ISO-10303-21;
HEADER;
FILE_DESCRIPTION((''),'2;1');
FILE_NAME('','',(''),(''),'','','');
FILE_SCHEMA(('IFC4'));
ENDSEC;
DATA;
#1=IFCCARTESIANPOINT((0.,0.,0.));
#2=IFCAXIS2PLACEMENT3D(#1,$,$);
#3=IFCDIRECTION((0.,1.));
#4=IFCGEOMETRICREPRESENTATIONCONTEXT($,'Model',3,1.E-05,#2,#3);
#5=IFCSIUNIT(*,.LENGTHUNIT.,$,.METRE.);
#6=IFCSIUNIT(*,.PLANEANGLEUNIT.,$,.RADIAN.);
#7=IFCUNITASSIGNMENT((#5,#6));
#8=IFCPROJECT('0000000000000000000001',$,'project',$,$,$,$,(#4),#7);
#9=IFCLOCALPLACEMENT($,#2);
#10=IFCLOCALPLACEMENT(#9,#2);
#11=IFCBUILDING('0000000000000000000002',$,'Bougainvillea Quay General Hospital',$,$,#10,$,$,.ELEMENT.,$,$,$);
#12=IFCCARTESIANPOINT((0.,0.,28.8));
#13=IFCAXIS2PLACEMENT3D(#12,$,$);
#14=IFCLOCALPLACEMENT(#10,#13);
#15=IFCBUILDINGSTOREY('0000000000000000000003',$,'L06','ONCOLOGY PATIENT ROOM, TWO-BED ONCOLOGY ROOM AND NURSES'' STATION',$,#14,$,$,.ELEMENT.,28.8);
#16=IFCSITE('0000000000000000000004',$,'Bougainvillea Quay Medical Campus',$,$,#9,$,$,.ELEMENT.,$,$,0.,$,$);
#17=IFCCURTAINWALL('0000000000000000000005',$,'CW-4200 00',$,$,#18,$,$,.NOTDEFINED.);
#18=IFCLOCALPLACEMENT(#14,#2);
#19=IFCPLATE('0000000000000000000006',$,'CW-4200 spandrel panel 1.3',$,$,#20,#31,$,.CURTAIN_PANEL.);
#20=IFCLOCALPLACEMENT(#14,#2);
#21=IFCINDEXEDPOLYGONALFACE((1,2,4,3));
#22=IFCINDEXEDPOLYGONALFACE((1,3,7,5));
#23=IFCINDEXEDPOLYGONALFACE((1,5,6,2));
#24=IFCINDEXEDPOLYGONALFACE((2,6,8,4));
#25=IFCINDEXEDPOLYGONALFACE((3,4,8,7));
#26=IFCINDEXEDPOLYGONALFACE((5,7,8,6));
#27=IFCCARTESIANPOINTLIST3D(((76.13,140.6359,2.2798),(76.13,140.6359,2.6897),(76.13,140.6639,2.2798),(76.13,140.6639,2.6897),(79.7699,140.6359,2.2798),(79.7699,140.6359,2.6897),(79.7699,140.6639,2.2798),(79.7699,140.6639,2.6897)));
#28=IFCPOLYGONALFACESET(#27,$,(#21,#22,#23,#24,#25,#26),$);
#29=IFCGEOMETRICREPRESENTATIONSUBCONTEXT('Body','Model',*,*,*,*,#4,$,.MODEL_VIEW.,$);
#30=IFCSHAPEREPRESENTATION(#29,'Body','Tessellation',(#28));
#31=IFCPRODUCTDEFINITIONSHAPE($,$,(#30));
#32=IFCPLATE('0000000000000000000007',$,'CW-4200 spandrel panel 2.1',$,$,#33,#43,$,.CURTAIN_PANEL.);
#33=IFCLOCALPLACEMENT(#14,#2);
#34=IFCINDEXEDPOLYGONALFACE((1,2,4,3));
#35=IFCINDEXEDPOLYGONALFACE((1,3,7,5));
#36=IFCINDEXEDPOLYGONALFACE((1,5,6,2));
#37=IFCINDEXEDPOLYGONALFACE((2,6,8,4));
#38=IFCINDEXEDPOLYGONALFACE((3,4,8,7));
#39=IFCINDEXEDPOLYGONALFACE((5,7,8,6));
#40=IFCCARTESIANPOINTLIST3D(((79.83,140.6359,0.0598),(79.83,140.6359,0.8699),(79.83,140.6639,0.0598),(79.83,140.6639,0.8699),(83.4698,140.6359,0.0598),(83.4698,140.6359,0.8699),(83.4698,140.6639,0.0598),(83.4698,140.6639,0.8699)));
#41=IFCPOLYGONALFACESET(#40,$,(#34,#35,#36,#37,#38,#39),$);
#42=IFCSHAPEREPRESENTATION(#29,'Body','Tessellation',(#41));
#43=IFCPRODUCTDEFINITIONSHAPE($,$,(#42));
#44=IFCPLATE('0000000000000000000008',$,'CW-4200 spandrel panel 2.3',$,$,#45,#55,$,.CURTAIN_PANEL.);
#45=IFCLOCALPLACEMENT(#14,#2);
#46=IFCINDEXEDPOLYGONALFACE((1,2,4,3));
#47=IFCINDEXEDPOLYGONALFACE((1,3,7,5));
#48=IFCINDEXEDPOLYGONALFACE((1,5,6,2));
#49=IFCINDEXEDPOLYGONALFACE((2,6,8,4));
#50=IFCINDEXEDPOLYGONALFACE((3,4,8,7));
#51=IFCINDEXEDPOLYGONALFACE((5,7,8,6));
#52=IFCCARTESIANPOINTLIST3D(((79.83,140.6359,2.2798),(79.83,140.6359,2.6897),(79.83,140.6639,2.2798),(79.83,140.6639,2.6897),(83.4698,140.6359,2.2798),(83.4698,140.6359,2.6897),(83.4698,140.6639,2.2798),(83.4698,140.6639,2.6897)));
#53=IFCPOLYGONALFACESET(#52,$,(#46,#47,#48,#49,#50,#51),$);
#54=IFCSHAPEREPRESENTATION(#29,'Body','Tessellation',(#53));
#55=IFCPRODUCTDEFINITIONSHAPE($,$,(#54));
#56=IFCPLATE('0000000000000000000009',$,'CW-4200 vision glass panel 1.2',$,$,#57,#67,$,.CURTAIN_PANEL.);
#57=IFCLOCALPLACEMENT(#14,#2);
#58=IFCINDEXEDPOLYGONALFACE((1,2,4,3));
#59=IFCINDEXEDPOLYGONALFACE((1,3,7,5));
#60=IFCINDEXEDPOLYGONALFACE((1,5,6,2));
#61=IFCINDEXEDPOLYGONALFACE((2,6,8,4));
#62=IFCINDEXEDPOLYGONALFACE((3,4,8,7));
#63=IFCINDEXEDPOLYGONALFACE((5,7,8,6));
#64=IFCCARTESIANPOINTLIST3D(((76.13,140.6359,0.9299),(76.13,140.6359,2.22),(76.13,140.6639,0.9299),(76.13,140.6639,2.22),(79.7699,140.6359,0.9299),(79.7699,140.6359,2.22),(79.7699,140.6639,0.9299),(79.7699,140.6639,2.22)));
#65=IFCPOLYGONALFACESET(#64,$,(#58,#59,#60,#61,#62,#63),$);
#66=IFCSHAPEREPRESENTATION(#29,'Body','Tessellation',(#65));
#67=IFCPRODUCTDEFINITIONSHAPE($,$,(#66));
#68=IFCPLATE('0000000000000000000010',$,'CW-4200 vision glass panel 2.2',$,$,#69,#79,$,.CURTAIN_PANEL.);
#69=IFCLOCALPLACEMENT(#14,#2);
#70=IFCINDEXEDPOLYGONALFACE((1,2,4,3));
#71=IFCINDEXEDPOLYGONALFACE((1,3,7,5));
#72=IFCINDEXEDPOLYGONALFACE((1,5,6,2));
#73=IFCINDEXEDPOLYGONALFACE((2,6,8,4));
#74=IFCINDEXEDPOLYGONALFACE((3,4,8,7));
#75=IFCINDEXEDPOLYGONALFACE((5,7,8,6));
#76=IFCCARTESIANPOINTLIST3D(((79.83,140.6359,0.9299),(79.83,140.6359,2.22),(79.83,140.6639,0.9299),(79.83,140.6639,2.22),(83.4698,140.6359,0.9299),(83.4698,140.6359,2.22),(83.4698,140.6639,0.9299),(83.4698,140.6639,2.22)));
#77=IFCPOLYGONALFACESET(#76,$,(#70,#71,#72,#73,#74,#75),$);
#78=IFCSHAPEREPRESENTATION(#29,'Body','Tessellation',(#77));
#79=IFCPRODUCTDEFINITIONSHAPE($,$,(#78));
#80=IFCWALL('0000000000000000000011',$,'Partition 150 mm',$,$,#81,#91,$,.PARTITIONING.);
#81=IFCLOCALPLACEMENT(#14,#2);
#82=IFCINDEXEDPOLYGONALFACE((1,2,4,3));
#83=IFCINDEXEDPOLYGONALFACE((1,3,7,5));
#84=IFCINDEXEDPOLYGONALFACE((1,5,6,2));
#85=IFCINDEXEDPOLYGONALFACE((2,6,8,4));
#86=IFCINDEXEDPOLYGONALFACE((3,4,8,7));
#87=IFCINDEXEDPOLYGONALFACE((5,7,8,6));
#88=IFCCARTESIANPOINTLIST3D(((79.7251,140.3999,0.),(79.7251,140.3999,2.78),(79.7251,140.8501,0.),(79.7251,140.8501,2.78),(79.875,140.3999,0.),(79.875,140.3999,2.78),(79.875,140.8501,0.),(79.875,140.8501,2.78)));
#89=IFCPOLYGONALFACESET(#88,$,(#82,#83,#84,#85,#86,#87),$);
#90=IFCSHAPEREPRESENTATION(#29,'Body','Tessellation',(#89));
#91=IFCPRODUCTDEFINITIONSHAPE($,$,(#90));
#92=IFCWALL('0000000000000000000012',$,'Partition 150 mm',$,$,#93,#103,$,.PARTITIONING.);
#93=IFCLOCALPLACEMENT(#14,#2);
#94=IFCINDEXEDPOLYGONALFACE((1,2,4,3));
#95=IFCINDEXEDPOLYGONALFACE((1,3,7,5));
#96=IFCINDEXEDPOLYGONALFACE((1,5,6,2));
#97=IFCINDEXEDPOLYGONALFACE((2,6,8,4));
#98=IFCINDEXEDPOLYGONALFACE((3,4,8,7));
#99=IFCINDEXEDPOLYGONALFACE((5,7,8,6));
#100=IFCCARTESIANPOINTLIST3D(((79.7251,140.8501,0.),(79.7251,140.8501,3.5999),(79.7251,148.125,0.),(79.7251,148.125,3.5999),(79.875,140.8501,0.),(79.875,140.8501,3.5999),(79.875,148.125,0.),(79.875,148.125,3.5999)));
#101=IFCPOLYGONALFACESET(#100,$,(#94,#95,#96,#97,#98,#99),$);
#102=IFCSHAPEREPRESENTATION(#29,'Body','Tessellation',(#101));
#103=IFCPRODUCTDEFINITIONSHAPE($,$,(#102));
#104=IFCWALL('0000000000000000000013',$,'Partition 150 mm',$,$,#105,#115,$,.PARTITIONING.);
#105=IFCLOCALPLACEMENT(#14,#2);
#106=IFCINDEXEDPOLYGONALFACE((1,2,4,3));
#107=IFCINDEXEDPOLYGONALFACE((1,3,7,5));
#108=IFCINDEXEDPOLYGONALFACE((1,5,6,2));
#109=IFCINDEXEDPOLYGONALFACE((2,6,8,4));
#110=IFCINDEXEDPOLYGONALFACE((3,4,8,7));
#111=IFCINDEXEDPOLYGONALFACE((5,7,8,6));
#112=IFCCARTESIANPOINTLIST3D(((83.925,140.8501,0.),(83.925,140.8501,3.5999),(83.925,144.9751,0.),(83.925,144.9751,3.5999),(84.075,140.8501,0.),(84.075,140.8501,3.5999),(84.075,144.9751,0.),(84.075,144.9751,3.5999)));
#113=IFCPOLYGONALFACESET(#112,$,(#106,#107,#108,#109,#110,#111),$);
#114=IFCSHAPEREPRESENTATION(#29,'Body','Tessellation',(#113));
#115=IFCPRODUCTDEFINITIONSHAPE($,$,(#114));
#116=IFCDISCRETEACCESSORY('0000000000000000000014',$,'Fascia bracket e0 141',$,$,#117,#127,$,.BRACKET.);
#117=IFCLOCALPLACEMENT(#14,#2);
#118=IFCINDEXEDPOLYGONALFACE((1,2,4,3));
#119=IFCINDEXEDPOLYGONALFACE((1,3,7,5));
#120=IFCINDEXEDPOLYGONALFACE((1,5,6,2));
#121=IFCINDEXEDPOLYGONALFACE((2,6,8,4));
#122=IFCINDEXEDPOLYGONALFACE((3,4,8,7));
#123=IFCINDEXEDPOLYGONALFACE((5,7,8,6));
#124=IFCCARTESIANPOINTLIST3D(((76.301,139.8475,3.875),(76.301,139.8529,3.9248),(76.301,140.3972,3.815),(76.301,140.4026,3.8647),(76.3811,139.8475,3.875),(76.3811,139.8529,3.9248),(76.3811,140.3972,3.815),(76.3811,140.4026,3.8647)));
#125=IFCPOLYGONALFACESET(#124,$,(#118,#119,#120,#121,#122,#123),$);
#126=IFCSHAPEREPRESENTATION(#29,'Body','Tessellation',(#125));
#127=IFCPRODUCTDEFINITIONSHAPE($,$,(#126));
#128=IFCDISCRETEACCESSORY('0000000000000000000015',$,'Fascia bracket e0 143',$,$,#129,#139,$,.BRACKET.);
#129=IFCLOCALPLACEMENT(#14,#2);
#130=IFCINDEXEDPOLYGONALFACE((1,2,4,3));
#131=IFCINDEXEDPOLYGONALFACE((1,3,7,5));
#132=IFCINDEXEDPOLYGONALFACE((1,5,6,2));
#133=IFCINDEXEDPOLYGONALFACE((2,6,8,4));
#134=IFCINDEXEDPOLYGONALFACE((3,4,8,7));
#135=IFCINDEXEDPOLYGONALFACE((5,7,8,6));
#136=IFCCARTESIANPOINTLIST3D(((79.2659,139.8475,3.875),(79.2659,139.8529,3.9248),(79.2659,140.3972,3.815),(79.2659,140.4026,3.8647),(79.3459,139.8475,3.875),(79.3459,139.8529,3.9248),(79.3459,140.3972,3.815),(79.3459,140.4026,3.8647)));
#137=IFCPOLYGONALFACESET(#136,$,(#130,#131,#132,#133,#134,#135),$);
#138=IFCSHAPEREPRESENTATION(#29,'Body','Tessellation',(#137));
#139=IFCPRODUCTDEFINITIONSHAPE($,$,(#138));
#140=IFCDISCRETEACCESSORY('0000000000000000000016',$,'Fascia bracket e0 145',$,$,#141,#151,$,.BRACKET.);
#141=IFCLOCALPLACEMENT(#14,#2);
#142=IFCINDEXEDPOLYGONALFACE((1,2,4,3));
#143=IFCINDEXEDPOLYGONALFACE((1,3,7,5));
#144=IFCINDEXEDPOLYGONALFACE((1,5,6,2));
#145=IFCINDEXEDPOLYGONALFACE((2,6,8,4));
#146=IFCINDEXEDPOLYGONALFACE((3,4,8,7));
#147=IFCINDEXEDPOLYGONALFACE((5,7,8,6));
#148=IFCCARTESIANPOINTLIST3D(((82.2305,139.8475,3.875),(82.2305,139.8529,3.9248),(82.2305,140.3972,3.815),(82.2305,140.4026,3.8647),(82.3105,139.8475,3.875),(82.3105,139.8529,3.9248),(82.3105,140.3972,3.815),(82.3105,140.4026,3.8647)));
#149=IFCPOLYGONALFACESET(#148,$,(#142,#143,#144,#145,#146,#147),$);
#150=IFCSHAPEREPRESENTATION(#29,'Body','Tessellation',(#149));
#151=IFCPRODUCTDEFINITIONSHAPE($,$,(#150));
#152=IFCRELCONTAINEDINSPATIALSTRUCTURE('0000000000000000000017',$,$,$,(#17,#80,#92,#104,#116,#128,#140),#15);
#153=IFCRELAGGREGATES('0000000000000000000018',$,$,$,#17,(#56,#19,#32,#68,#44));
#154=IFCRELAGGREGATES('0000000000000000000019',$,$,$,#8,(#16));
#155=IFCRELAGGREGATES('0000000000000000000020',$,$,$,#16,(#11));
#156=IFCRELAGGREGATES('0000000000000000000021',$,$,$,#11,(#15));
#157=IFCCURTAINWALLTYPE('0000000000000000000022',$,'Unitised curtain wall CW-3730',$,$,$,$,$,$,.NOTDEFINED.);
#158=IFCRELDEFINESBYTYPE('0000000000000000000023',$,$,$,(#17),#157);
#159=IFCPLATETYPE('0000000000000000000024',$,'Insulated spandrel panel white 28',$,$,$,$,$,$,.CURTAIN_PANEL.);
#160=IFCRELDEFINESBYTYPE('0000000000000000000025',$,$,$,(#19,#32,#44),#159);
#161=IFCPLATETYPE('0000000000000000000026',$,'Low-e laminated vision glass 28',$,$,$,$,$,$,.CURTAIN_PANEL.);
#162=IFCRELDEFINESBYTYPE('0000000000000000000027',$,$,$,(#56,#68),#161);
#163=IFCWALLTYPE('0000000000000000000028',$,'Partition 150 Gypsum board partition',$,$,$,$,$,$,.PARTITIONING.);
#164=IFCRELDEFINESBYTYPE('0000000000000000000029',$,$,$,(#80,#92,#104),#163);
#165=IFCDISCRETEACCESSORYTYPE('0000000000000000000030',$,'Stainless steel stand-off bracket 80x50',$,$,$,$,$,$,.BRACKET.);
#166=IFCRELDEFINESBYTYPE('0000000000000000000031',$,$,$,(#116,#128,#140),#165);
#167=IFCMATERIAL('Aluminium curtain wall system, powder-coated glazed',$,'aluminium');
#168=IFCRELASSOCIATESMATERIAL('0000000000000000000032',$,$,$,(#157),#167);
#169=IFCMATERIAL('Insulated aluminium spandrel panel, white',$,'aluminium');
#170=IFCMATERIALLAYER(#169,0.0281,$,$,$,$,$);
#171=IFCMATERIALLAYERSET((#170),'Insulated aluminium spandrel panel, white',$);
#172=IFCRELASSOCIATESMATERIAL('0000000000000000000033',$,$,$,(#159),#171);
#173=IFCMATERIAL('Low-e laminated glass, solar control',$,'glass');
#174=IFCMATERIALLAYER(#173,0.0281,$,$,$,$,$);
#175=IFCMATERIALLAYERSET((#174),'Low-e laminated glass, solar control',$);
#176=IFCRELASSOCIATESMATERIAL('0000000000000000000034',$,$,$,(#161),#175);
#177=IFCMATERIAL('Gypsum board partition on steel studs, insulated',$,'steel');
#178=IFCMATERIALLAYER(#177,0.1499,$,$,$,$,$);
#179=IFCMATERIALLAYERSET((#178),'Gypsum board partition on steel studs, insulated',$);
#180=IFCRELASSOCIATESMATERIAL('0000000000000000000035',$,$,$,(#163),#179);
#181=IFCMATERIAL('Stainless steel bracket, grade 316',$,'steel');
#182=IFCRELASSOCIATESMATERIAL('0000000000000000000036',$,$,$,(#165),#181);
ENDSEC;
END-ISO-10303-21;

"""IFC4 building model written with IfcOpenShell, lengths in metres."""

from ifc_helpers import new_model, si_unit, direction, frame, frame_2d, origin, origin_2d, place, context, subcontext, project, spatial, rectangle, extrude, material, layer, layer_set, material_profile, profile_set, type_object, element, aggregate, save


model = new_model("IFC4")

# Units and contexts
model_context = context("Model", 3, precision=1e-05, world=origin(), true_north=direction((0.0, 1.0)))
body_context = subcontext(model_context, "Body", "Model", "MODEL_VIEW")
ifc_project = project(units=[si_unit("LENGTHUNIT", "METRE"), si_unit("PLANEANGLEUNIT", "RADIAN")], contexts=[model_context])

# Site, building, storey
site_placement = place(None, origin())
site = spatial("IfcSite", under=ifc_project, at=site_placement, Name="Bougainvillea Quay Medical Campus", CompositionType="ELEMENT", RefElevation=0.0)
building_placement = place(site_placement, origin())
building = spatial("IfcBuilding", under=site, at=building_placement, Name="Bougainvillea Quay General Hospital", CompositionType="ELEMENT")
storey_placement = place(building_placement, frame((0.0, 0.0, 28.8)))
storey = spatial("IfcBuildingStorey", under=building, at=storey_placement, Name="L06", Description="ONCOLOGY PATIENT ROOM, TWO-BED ONCOLOGY ROOM AND NURSES' STATION", CompositionType="ELEMENT", Elevation=28.8)

# Curtain wall
ifc_material_1 = material(Name="Aluminium curtain wall system, powder-coated glazed", Category="aluminium")
curtain_wall_type = type_object("IfcCurtainWallType", Name="Unitised curtain wall CW-3730", PredefinedType="NOTDEFINED", material=ifc_material_1)
curtain_wall_1_placement = place(storey_placement, origin())
curtain_wall_1 = element("IfcCurtainWall", 1, at=curtain_wall_1_placement, inside=storey, type_object=curtain_wall_type, Name="CW-4200 00", PredefinedType="NOTDEFINED")

# Plates
ifc_material_2 = material(Name="Insulated aluminium spandrel panel, white", Category="aluminium")
ifc_layer_1 = layer(ifc_material_2, 0.0281)
ifc_layer_set_1 = layer_set([ifc_layer_1], Name="Insulated aluminium spandrel panel, white")
plate_type_1 = type_object("IfcPlateType", Name="Insulated spandrel panel white 28", PredefinedType="CURTAIN_PANEL", material=ifc_layer_set_1)
plate_1_placement = place(storey_placement, frame((77.95, 140.6499, 2.2798), z_axis=(0.0, 0.0, 1.0), x_axis=(1.0, 0.0, 0.0)))
plate_1 = element("IfcPlate", 2, at=plate_1_placement, type_object=plate_type_1, Name="CW-4200 spandrel panel 1.3", PredefinedType="CURTAIN_PANEL", context=body_context, shape_type="SweptSolid", body=[
    extrude(rectangle(XDim=3.6399, YDim=0.0281, at=origin_2d()), origin(), (0.0, 0.0, 1.0), 0.4099),
])
plate_2_placement = place(storey_placement, frame((81.6499, 140.6499, 0.0598), z_axis=(0.0, 0.0, 1.0), x_axis=(1.0, 0.0, 0.0)))
plate_2 = element("IfcPlate", 3, at=plate_2_placement, type_object=plate_type_1, Name="CW-4200 spandrel panel 2.1", PredefinedType="CURTAIN_PANEL", context=body_context, shape_type="SweptSolid", body=[
    extrude(rectangle(XDim=3.6399, YDim=0.0281, at=origin_2d()), origin(), (0.0, 0.0, 1.0), 0.8101),
])
plate_3_placement = place(storey_placement, frame((81.6499, 140.6499, 2.2798), z_axis=(0.0, 0.0, 1.0), x_axis=(1.0, 0.0, 0.0)))
plate_3 = element("IfcPlate", 4, at=plate_3_placement, type_object=plate_type_1, Name="CW-4200 spandrel panel 2.3", PredefinedType="CURTAIN_PANEL", context=body_context, shape_type="SweptSolid", body=[
    extrude(rectangle(XDim=3.6399, YDim=0.0281, at=origin_2d()), origin(), (0.0, 0.0, 1.0), 0.4099),
])
ifc_material_3 = material(Name="Low-e laminated glass, solar control", Category="glass")
ifc_layer_2 = layer(ifc_material_3, 0.0281)
ifc_layer_set_2 = layer_set([ifc_layer_2], Name="Low-e laminated glass, solar control")
plate_type_2 = type_object("IfcPlateType", Name="Low-e laminated vision glass 28", PredefinedType="CURTAIN_PANEL", material=ifc_layer_set_2)
plate_4_placement = place(storey_placement, frame((77.95, 140.6499, 0.9299), z_axis=(0.0, 0.0, 1.0), x_axis=(1.0, 0.0, 0.0)))
plate_4 = element("IfcPlate", 5, at=plate_4_placement, type_object=plate_type_2, Name="CW-4200 vision glass panel 1.2", PredefinedType="CURTAIN_PANEL", context=body_context, shape_type="SweptSolid", body=[
    extrude(rectangle(XDim=3.6399, YDim=0.0281, at=origin_2d()), origin(), (0.0, 0.0, 1.0), 1.29),
])
plate_5_placement = place(storey_placement, frame((81.6499, 140.6499, 0.9299), z_axis=(0.0, 0.0, 1.0), x_axis=(1.0, 0.0, 0.0)))
plate_5 = element("IfcPlate", 6, at=plate_5_placement, type_object=plate_type_2, Name="CW-4200 vision glass panel 2.2", PredefinedType="CURTAIN_PANEL", context=body_context, shape_type="SweptSolid", body=[
    extrude(rectangle(XDim=3.6399, YDim=0.0281, at=origin_2d()), origin(), (0.0, 0.0, 1.0), 1.29),
])
aggregate(curtain_wall_1, [plate_4, plate_1, plate_2, plate_5, plate_3])

# Walls
ifc_material_4 = material(Name="Gypsum board partition on steel studs, insulated", Category="steel")
ifc_layer_3 = layer(ifc_material_4, 0.1499)
ifc_layer_set_3 = layer_set([ifc_layer_3], Name="Gypsum board partition on steel studs, insulated")
wall_type = type_object("IfcWallType", Name="Partition 150 Gypsum board partition", PredefinedType="PARTITIONING", material=ifc_layer_set_3)
wall_1_placement = place(storey_placement, frame((79.8, 140.3999, 0.0), z_axis=(0.0, 0.0, 1.0), x_axis=(0.0, 1.0, 0.0)))
element("IfcWall", 7, at=wall_1_placement, inside=storey, type_object=wall_type, Name="Partition 150 mm", PredefinedType="PARTITIONING", context=body_context, shape_type="SweptSolid", body=[
    extrude(rectangle(XDim=0.4502, YDim=0.1499, at=frame_2d((0.2251, 0.0))), origin(), (0.0, 0.0, 1.0), 2.78),
])
wall_2_placement = place(storey_placement, frame((79.8, 140.8501, 0.0), z_axis=(0.0, 0.0, 1.0), x_axis=(0.0, 1.0, 0.0)))
element("IfcWall", 8, at=wall_2_placement, inside=storey, type_object=wall_type, Name="Partition 150 mm", PredefinedType="PARTITIONING", context=body_context, shape_type="SweptSolid", body=[
    extrude(rectangle(XDim=7.2749, YDim=0.1499, at=frame_2d((3.6375, 0.0))), origin(), (0.0, 0.0, 1.0), 3.5999),
])
wall_3_placement = place(storey_placement, frame((84.0, 140.8501, 0.0), z_axis=(0.0, 0.0, 1.0), x_axis=(0.0, 1.0, 0.0)))
element("IfcWall", 9, at=wall_3_placement, inside=storey, type_object=wall_type, Name="Partition 150 mm", PredefinedType="PARTITIONING", context=body_context, shape_type="SweptSolid", body=[
    extrude(rectangle(XDim=4.125, YDim=0.1499, at=frame_2d((2.0625, 0.0))), origin(), (0.0, 0.0, 1.0), 3.5999),
])

# Discrete accessories
ifc_material_5 = material(Name="Stainless steel bracket, grade 316", Category="steel")
ifc_material_profile_1 = material_profile(ifc_material_5, rectangle(XDim=0.0801, YDim=0.05, at=origin_2d()))
ifc_profile_set_1 = profile_set([ifc_material_profile_1], Name="Stainless steel bracket, grade 316")
discrete_accessory_type = type_object("IfcDiscreteAccessoryType", Name="Stainless steel stand-off bracket 80x50", PredefinedType="BRACKET", material=ifc_profile_set_1)
for number, where, z_axis, x_axis, name in (
    (10, (76.3411, 140.3999, 3.8398), (0.0, -0.994087, 0.10859), (1.0, 0.0, 0.0), "Fascia bracket e0 141"),
    (11, (79.3059, 140.3999, 3.8398), (0.0, -0.994087, 0.10859), (1.0, 0.0, 0.0), "Fascia bracket e0 143"),
    (12, (82.2705, 140.3999, 3.8398), (0.0, -0.994087, 0.10859), (1.0, 0.0, 0.0), "Fascia bracket e0 145"),
):
    element("IfcDiscreteAccessory", number, at=place(storey_placement, frame(where, z_axis=z_axis, x_axis=x_axis)), inside=storey, type_object=discrete_accessory_type, Name=name, PredefinedType="BRACKET", context=body_context, shape_type="SweptSolid", body=[
        extrude(rectangle(XDim=0.0801, YDim=0.05, at=origin_2d()), origin(), (0.0, 0.0, 1.0), 0.553),
    ])

save(model, "model.ifc")
